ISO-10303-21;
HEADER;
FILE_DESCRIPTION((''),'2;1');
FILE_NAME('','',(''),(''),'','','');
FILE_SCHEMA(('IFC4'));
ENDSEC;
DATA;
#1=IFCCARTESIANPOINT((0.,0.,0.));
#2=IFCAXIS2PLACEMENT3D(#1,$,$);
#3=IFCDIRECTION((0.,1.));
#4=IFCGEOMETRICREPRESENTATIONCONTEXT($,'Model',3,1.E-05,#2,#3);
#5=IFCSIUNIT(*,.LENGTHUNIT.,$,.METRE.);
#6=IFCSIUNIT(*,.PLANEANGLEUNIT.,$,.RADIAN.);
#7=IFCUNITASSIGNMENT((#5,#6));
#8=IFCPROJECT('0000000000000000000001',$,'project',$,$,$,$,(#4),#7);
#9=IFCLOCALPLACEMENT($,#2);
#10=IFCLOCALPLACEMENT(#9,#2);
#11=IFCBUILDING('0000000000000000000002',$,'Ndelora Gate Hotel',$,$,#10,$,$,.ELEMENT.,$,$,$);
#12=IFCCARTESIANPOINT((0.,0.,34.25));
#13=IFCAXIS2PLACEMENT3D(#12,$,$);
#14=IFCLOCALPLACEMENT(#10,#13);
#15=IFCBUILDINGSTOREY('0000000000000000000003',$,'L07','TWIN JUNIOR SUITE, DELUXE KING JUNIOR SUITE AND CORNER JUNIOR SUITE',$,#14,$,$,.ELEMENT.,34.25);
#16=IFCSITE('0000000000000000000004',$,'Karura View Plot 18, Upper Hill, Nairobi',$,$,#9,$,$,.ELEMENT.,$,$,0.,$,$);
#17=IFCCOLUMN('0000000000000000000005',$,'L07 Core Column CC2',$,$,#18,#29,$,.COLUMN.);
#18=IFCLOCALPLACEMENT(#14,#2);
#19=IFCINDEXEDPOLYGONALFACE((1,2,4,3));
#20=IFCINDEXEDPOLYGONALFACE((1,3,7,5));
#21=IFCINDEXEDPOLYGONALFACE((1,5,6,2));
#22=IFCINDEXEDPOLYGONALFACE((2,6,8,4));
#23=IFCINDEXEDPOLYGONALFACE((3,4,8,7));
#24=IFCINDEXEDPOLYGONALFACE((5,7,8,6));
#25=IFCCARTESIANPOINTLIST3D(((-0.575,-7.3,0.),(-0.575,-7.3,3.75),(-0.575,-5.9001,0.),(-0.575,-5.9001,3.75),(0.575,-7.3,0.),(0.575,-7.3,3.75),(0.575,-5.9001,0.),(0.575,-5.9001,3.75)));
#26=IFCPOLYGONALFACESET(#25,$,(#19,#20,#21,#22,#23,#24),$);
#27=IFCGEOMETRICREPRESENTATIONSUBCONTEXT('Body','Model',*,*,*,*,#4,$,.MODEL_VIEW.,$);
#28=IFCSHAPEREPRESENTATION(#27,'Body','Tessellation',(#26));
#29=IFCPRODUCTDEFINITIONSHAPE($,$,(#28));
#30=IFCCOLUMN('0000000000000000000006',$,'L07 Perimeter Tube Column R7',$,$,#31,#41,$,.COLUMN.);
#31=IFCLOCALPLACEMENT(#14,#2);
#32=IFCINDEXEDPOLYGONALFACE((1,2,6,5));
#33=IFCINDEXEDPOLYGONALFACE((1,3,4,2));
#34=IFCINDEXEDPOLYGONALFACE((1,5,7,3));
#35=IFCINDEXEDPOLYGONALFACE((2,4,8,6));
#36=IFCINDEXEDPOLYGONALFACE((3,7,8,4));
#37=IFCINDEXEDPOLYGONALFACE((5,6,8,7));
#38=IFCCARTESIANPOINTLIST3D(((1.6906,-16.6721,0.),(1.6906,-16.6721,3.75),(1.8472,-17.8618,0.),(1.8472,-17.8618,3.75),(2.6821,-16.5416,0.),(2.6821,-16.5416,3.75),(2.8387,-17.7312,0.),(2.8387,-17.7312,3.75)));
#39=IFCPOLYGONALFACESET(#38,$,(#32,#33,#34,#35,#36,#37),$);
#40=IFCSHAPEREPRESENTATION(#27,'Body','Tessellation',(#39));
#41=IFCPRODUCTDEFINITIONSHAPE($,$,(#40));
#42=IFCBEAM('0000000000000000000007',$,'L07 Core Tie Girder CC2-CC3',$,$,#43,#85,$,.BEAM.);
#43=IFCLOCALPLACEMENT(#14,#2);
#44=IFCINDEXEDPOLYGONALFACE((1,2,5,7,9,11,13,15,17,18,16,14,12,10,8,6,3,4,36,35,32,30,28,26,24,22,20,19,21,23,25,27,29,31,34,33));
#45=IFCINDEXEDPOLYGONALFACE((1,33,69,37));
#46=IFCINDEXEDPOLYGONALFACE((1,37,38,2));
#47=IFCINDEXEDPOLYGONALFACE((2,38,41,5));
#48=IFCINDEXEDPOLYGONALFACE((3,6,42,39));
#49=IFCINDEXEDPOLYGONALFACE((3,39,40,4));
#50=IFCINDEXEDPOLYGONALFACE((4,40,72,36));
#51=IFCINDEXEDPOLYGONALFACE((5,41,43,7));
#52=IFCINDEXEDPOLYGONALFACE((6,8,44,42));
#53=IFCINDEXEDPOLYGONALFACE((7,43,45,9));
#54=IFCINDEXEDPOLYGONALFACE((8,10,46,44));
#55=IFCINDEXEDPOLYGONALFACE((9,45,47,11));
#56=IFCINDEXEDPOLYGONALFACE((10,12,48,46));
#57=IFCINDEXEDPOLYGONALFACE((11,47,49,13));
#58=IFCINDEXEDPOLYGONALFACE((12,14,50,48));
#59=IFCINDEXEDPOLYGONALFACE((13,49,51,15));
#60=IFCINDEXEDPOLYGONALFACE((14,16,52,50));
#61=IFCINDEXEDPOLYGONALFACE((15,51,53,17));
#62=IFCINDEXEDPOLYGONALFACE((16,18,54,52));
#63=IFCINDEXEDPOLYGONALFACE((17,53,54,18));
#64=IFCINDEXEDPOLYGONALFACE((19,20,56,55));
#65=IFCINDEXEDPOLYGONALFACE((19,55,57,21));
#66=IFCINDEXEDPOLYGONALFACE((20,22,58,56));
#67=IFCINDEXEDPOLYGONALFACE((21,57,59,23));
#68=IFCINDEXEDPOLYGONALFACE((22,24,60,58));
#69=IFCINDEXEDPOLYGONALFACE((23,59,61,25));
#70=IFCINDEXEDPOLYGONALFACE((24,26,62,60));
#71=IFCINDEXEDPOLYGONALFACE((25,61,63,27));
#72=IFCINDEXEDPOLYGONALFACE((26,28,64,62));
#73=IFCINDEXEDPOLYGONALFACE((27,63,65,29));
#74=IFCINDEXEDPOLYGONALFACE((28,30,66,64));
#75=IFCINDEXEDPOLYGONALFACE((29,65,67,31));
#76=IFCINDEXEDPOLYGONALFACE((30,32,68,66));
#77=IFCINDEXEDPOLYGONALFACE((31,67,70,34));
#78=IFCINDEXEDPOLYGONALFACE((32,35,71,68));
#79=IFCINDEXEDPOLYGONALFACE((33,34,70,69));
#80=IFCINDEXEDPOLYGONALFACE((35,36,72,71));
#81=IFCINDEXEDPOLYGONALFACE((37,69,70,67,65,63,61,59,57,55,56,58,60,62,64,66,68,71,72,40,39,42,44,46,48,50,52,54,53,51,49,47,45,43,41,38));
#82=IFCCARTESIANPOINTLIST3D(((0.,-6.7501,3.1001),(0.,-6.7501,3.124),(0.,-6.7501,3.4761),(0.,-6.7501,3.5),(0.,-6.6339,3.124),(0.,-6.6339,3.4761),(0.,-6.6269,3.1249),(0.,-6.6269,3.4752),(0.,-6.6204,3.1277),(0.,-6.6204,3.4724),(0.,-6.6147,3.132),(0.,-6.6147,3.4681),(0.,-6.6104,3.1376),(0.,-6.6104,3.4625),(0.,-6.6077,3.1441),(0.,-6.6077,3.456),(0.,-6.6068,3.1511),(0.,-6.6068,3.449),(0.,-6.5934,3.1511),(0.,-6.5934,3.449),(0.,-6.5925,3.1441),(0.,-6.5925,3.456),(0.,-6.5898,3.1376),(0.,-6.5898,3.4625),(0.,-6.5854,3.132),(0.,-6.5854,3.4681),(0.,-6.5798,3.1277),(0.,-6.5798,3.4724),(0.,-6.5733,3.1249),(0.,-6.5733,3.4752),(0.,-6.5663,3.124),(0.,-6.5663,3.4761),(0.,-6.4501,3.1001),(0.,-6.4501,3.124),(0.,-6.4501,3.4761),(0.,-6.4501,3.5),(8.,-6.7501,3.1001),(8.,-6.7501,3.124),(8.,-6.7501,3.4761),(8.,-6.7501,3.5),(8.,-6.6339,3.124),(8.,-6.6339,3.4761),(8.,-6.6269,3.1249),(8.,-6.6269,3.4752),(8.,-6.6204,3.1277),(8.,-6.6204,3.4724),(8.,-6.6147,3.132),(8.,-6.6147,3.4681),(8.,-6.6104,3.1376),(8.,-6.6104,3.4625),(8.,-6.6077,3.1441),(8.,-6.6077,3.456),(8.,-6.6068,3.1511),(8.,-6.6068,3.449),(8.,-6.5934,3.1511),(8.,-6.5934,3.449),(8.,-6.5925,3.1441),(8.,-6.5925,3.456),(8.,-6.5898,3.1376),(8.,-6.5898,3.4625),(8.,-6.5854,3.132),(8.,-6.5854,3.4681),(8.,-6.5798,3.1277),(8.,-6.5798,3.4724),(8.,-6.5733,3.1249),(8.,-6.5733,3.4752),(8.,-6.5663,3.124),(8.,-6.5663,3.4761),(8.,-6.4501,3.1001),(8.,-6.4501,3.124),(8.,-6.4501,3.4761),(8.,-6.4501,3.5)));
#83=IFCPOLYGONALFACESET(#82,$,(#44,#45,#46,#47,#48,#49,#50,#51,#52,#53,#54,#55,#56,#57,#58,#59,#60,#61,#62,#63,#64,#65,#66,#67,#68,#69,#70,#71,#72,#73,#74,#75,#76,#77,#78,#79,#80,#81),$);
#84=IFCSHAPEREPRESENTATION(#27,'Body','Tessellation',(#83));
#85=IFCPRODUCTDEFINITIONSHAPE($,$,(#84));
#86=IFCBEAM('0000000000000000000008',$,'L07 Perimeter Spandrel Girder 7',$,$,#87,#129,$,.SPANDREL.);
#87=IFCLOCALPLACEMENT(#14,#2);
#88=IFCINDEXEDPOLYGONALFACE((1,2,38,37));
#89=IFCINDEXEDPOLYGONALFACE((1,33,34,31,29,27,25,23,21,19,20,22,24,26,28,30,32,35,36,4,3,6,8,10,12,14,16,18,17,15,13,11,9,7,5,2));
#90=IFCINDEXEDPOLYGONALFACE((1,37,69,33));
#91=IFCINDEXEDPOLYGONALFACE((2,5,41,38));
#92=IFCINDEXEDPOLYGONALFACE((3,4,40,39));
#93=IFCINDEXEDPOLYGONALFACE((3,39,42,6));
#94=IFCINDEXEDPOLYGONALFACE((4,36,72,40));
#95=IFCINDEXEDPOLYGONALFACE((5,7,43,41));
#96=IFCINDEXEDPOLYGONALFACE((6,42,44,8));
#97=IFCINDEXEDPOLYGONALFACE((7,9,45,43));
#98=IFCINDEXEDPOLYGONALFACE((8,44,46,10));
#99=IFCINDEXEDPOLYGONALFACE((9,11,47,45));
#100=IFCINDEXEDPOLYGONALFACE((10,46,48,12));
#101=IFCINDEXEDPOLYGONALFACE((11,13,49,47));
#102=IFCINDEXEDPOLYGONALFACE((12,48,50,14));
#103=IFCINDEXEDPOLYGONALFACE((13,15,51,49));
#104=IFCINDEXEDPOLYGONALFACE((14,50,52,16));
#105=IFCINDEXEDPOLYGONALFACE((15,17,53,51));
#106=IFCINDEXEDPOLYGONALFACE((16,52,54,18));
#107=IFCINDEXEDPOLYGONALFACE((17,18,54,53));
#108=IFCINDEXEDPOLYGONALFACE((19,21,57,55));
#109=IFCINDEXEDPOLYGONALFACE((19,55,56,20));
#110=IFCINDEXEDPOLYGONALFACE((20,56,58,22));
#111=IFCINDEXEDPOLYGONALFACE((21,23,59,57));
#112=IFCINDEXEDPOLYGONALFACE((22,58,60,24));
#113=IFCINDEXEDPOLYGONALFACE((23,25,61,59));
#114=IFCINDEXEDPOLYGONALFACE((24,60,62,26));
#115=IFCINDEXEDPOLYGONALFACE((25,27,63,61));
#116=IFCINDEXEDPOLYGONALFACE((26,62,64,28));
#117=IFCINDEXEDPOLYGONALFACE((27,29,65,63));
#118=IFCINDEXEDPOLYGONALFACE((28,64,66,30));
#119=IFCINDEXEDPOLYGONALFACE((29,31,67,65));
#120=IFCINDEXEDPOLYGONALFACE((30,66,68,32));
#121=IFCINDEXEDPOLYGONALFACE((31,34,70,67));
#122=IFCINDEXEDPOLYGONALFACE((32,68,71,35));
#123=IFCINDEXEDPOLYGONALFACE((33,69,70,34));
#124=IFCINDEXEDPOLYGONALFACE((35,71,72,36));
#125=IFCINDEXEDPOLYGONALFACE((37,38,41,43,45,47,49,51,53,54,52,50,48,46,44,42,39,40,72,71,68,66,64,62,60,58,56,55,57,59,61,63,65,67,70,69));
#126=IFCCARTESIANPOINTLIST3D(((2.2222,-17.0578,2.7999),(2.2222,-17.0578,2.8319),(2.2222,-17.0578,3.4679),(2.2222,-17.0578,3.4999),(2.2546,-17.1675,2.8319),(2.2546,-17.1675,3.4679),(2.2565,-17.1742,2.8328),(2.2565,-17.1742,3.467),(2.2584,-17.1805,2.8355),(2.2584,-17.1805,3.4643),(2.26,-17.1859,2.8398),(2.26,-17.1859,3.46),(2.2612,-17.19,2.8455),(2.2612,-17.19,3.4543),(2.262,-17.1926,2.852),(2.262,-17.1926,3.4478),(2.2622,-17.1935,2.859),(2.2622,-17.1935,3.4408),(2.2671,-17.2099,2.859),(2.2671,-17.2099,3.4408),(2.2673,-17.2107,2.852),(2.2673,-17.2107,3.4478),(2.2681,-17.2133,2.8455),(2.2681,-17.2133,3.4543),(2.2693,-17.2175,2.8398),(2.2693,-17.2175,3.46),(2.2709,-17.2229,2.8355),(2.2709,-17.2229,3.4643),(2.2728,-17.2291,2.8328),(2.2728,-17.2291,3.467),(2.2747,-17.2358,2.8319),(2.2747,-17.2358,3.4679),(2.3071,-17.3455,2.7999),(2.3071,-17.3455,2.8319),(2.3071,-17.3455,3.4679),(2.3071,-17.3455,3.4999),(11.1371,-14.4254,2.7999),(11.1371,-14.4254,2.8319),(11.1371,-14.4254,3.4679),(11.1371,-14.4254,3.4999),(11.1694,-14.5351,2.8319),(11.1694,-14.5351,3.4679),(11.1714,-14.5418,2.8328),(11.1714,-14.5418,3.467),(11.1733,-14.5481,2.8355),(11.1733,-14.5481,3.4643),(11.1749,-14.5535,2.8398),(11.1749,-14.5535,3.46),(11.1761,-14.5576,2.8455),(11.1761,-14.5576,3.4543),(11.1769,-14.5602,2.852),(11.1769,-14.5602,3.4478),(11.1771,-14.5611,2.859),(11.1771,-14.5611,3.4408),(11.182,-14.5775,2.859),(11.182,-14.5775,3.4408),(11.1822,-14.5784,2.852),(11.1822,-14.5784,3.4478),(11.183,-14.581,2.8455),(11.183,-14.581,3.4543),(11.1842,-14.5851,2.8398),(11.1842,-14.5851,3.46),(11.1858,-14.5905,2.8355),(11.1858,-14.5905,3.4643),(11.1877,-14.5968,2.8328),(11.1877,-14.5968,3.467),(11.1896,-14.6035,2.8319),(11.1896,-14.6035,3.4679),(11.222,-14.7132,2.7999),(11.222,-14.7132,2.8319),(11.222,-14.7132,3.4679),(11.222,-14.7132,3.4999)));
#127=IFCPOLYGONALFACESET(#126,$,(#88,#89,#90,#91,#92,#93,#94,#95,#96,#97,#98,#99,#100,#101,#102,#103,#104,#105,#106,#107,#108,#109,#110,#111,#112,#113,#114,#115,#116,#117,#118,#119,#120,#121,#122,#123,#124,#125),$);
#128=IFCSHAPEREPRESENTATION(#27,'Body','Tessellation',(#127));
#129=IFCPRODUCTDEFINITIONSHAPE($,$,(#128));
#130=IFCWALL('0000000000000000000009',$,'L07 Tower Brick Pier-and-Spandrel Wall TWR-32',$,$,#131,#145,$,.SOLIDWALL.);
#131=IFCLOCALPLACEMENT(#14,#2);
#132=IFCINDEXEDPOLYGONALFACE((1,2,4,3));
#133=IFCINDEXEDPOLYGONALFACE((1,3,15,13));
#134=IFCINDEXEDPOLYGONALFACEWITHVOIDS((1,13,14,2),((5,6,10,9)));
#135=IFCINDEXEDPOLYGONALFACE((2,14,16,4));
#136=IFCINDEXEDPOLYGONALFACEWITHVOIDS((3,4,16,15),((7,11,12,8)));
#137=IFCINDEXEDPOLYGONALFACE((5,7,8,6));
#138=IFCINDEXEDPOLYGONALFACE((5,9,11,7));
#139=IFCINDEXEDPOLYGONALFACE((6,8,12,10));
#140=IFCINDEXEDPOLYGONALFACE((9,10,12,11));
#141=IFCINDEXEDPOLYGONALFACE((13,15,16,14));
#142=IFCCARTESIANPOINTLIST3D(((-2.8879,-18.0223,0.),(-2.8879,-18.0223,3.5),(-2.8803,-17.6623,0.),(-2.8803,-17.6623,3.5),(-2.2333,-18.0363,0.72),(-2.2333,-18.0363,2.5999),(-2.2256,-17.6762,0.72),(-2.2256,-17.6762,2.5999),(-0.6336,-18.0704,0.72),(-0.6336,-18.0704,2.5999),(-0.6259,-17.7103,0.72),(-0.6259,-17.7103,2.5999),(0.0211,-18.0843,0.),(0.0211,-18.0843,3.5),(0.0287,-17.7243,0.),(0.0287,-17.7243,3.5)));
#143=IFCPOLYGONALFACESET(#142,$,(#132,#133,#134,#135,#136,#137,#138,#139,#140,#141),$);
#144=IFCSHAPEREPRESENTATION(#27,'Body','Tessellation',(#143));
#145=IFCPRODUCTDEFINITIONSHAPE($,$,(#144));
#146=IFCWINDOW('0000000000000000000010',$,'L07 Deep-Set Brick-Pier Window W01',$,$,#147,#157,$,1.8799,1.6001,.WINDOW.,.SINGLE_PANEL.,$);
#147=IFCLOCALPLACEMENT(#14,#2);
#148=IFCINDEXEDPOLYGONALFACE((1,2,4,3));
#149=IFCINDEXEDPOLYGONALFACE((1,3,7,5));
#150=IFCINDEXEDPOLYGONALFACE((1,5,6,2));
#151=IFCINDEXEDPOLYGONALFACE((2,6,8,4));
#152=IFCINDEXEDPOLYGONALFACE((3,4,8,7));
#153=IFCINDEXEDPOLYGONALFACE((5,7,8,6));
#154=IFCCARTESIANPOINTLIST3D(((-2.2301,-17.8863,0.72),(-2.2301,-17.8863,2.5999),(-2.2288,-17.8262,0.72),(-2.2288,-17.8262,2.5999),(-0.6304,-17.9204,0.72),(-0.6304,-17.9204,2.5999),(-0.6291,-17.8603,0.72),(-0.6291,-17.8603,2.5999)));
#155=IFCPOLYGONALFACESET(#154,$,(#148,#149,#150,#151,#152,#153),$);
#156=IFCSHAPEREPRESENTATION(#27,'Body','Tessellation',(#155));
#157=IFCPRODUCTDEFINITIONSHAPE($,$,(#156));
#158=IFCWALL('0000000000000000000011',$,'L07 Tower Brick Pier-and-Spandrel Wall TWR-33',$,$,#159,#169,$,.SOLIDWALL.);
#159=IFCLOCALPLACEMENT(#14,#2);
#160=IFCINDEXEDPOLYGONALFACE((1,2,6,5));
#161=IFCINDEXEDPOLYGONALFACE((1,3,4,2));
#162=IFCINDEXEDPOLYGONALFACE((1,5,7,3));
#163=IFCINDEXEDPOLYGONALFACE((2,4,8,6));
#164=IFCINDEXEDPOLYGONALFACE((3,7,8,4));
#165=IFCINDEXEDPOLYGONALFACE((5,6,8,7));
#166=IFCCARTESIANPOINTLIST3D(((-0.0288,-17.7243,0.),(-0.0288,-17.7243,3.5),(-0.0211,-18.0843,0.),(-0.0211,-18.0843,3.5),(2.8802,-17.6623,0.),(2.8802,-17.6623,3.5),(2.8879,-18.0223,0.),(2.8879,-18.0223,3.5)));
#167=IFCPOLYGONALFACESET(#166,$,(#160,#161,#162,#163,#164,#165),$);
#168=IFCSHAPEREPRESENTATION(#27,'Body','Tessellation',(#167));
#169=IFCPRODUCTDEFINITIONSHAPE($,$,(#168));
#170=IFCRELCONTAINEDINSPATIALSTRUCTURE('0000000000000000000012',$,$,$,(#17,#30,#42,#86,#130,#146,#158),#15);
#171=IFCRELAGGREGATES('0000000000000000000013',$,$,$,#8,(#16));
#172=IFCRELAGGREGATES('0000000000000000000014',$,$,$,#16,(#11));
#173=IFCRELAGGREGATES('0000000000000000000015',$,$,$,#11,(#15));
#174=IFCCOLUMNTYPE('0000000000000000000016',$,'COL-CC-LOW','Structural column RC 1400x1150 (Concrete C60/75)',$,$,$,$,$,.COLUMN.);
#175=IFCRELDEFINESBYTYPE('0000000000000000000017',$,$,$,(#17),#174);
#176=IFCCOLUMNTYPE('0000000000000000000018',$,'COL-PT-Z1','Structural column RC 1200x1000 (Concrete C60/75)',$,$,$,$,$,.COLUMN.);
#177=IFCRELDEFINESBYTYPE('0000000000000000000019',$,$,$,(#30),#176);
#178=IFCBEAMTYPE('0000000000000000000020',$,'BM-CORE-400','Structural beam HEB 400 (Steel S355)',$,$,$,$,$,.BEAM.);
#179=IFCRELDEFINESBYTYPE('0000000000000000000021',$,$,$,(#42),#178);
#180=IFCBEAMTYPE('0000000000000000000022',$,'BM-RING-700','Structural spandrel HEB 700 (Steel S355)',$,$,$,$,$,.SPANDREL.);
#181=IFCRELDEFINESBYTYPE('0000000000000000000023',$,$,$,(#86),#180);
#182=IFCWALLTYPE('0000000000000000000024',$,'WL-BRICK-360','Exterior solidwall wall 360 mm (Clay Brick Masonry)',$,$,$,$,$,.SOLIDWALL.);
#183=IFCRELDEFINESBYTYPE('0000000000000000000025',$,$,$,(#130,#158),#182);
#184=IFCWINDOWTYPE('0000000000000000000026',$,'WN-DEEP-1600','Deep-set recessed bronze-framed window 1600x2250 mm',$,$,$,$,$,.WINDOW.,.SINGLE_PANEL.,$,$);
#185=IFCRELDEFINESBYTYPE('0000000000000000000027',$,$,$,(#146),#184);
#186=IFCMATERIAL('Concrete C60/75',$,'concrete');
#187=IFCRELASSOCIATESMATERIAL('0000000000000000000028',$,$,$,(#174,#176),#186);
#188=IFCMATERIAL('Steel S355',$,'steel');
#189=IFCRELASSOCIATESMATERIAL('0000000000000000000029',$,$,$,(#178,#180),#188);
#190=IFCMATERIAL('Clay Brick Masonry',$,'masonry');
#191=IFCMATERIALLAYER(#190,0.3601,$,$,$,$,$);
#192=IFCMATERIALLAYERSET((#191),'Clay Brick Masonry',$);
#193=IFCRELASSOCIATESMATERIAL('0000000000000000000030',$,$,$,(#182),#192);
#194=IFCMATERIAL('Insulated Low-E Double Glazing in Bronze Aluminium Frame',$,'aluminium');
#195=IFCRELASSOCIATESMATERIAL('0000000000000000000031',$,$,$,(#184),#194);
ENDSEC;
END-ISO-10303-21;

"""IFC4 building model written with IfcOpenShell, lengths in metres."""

from ifc_helpers import new_model, si_unit, direction, frame, frame_2d, origin, origin_2d, place, context, subcontext, project, spatial, rectangle, i_section, extrude, material, layer, layer_set, material_profile, profile_set, type_object, element, fill, save


model = new_model("IFC4")

# Units and contexts
model_context = context("Model", 3, precision=1e-05, world=origin(), true_north=direction((0.0, 1.0)))
body_context = subcontext(model_context, "Body", "Model", "MODEL_VIEW")
ifc_project = project(units=[si_unit("LENGTHUNIT", "METRE"), si_unit("PLANEANGLEUNIT", "RADIAN")], contexts=[model_context])

# Site, building, storey
site_placement = place(None, origin())
site = spatial("IfcSite", under=ifc_project, at=site_placement, Name="Karura View Plot 18, Upper Hill, Nairobi", CompositionType="ELEMENT", RefElevation=0.0)
building_placement = place(site_placement, origin())
building = spatial("IfcBuilding", under=site, at=building_placement, Name="Ndelora Gate Hotel", CompositionType="ELEMENT")
storey_placement = place(building_placement, frame((0.0, 0.0, 34.25)))
storey = spatial("IfcBuildingStorey", under=building, at=storey_placement, Name="L07", Description="TWIN JUNIOR SUITE, DELUXE KING JUNIOR SUITE AND CORNER JUNIOR SUITE", CompositionType="ELEMENT", Elevation=34.25)

# Columns
ifc_material_1 = material(Name="Concrete C60/75", Category="concrete")
ifc_material_profile_1 = material_profile(ifc_material_1, rectangle(XDim=1.1499, YDim=1.3999, at=origin_2d()), Name="RC 1400x1150")
ifc_profile_set_1 = profile_set([ifc_material_profile_1], Name="Concrete C60/75")
column_type_1 = type_object("IfcColumnType", Name="COL-CC-LOW", Description="Structural column RC 1400x1150 (Concrete C60/75)", PredefinedType="COLUMN", material=ifc_profile_set_1)
column_1_placement = place(storey_placement, frame((0.0, -6.6001, 0.0), z_axis=(0.0, 0.0, 1.0), x_axis=(1.0, 0.0, 0.0)))
element("IfcColumn", 1, at=column_1_placement, inside=storey, type_object=column_type_1, Name="L07 Core Column CC2", PredefinedType="COLUMN", context=body_context, shape_type="SweptSolid", body=[
    extrude(rectangle(XDim=1.1499, YDim=1.3999, at=origin_2d()), origin(), (0.0, 0.0, 1.0), 3.75),
])
ifc_material_profile_2 = material_profile(ifc_material_1, rectangle(XDim=1.0, YDim=1.2, at=origin_2d()), Name="RC 1200x1000")
ifc_profile_set_2 = profile_set([ifc_material_profile_2], Name="Concrete C60/75")
column_type_2 = type_object("IfcColumnType", Name="COL-PT-Z1", Description="Structural column RC 1200x1000 (Concrete C60/75)", PredefinedType="COLUMN", material=ifc_profile_set_2)
column_2_placement = place(storey_placement, frame((2.2646, -17.2017, 0.0), z_axis=(0.0, 0.0, 1.0), x_axis=(0.991445, 0.130526, 0.0)))
element("IfcColumn", 2, at=column_2_placement, inside=storey, type_object=column_type_2, Name="L07 Perimeter Tube Column R7", PredefinedType="COLUMN", context=body_context, shape_type="SweptSolid", body=[
    extrude(rectangle(XDim=1.0, YDim=1.2, at=origin_2d()), origin(), (0.0, 0.0, 1.0), 3.75),
])

# Beams
ifc_material_2 = material(Name="Steel S355", Category="steel")
ifc_material_profile_3 = material_profile(ifc_material_2, i_section(OverallWidth=0.3, OverallDepth=0.3999, WebThickness=0.0134, FlangeThickness=0.0239, FilletRadius=0.0271, at=origin_2d()), Name="HEB 400")
ifc_profile_set_3 = profile_set([ifc_material_profile_3], Name="Steel S355")
beam_type_1 = type_object("IfcBeamType", Name="BM-CORE-400", Description="Structural beam HEB 400 (Steel S355)", PredefinedType="BEAM", material=ifc_profile_set_3)
beam_1_placement = place(storey_placement, frame((0.0, -6.6001, 3.3), z_axis=(1.0, 0.0, 0.0), x_axis=(0.0, 1.0, 0.0)))
element("IfcBeam", 3, at=beam_1_placement, inside=storey, type_object=beam_type_1, Name="L07 Core Tie Girder CC2-CC3", PredefinedType="BEAM", context=body_context, shape_type="SweptSolid", body=[
    extrude(i_section(OverallWidth=0.3, OverallDepth=0.3999, WebThickness=0.0134, FlangeThickness=0.0239, FilletRadius=0.0271, at=origin_2d()), origin(), (0.0, 0.0, 1.0), 8.0),
])
ifc_material_profile_4 = material_profile(ifc_material_2, i_section(OverallWidth=0.3, OverallDepth=0.7, WebThickness=0.0171, FlangeThickness=0.032, FilletRadius=0.0271, at=origin_2d()), Name="HEB 700")
ifc_profile_set_4 = profile_set([ifc_material_profile_4], Name="Steel S355")
beam_type_2 = type_object("IfcBeamType", Name="BM-RING-700", Description="Structural spandrel HEB 700 (Steel S355)", PredefinedType="SPANDREL", material=ifc_profile_set_4)
beam_2_placement = place(storey_placement, frame((2.2646, -17.2017, 3.1499), z_axis=(0.959064, 0.283189, 0.0), x_axis=(-0.283189, 0.959064, 0.0)))
element("IfcBeam", 4, at=beam_2_placement, inside=storey, type_object=beam_type_2, Name="L07 Perimeter Spandrel Girder 7", PredefinedType="SPANDREL", context=body_context, shape_type="SweptSolid", body=[
    extrude(i_section(OverallWidth=0.3, OverallDepth=0.7, WebThickness=0.0171, FlangeThickness=0.032, FilletRadius=0.0271, at=origin_2d()), origin(), (0.0, 0.0, 1.0), 9.2954),
])

# Wall, opening, window
ifc_material_3 = material(Name="Clay Brick Masonry", Category="masonry")
ifc_layer_1 = layer(ifc_material_3, 0.3601)
ifc_layer_set_1 = layer_set([ifc_layer_1], Name="Clay Brick Masonry")
wall_type_1 = type_object("IfcWallType", Name="WL-BRICK-360", Description="Exterior solidwall wall 360 mm (Clay Brick Masonry)", PredefinedType="SOLIDWALL", material=ifc_layer_set_1)
wall_1_placement = place(storey_placement, frame((0.0249, -17.9043, 0.0), z_axis=(0.0, 0.0, 1.0), x_axis=(-0.999773, 0.021313, 0.0)))
wall_1 = element("IfcWall", 5, at=wall_1_placement, inside=storey, type_object=wall_type_1, Name="L07 Tower Brick Pier-and-Spandrel Wall TWR-32", PredefinedType="SOLIDWALL", context=body_context, shape_type="SweptSolid", body=[
    extrude(rectangle(XDim=2.9097, YDim=0.3601, at=frame_2d((1.4548, 0.0))), origin(), (0.0, 0.0, 1.0), 3.5),
])
opening_1_placement = place(wall_1_placement, frame((0.6548, 0.0, 0.72)))
opening_1 = element("IfcOpeningElement", 6, at=opening_1_placement, cuts=wall_1, PredefinedType="OPENING", context=body_context, shape_type="SweptSolid", body=[
    extrude(rectangle(XDim=1.6001, YDim=1.8799, at=frame_2d((0.8, 0.9399))), frame((0.0, 0.1899, 0.0), z_axis=(0.0, -1.0, 0.0), x_axis=(1.0, 0.0, 0.0)), (0.0, 0.0, 1.0), 0.3801),
])
ifc_material_4 = material(Name="Insulated Low-E Double Glazing in Bronze Aluminium Frame", Category="aluminium")
window_type = type_object("IfcWindowType", Name="WN-DEEP-1600", Description="Deep-set recessed bronze-framed window 1600x2250 mm", PartitioningType="SINGLE_PANEL", PredefinedType="WINDOW", material=ifc_material_4)
window_1_placement = place(opening_1_placement, origin())
window_1 = element("IfcWindow", 7, at=window_1_placement, inside=storey, type_object=window_type, Name="L07 Deep-Set Brick-Pier Window W01", OverallHeight=1.8799, OverallWidth=1.6001, PartitioningType="SINGLE_PANEL", PredefinedType="WINDOW", context=body_context, shape_type="SweptSolid", body=[
    extrude(rectangle(XDim=1.6001, YDim=1.8799, at=frame_2d((0.8, 0.9399))), frame((0.0, 0.03, 0.0), z_axis=(0.0, -1.0, 0.0), x_axis=(1.0, 0.0, 0.0)), (0.0, 0.0, 1.0), 0.0601),
])
fill(opening_1, window_1)

# Wall
wall_2_placement = place(storey_placement, frame((2.884, -17.8423, 0.0), z_axis=(0.0, 0.0, 1.0), x_axis=(-0.999773, -0.021313, 0.0)))
element("IfcWall", 8, at=wall_2_placement, inside=storey, type_object=wall_type_1, Name="L07 Tower Brick Pier-and-Spandrel Wall TWR-33", PredefinedType="SOLIDWALL", context=body_context, shape_type="SweptSolid", body=[
    extrude(rectangle(XDim=2.9097, YDim=0.3601, at=frame_2d((1.4548, 0.0))), origin(), (0.0, 0.0, 1.0), 3.5),
])

save(model, "model.ifc")
